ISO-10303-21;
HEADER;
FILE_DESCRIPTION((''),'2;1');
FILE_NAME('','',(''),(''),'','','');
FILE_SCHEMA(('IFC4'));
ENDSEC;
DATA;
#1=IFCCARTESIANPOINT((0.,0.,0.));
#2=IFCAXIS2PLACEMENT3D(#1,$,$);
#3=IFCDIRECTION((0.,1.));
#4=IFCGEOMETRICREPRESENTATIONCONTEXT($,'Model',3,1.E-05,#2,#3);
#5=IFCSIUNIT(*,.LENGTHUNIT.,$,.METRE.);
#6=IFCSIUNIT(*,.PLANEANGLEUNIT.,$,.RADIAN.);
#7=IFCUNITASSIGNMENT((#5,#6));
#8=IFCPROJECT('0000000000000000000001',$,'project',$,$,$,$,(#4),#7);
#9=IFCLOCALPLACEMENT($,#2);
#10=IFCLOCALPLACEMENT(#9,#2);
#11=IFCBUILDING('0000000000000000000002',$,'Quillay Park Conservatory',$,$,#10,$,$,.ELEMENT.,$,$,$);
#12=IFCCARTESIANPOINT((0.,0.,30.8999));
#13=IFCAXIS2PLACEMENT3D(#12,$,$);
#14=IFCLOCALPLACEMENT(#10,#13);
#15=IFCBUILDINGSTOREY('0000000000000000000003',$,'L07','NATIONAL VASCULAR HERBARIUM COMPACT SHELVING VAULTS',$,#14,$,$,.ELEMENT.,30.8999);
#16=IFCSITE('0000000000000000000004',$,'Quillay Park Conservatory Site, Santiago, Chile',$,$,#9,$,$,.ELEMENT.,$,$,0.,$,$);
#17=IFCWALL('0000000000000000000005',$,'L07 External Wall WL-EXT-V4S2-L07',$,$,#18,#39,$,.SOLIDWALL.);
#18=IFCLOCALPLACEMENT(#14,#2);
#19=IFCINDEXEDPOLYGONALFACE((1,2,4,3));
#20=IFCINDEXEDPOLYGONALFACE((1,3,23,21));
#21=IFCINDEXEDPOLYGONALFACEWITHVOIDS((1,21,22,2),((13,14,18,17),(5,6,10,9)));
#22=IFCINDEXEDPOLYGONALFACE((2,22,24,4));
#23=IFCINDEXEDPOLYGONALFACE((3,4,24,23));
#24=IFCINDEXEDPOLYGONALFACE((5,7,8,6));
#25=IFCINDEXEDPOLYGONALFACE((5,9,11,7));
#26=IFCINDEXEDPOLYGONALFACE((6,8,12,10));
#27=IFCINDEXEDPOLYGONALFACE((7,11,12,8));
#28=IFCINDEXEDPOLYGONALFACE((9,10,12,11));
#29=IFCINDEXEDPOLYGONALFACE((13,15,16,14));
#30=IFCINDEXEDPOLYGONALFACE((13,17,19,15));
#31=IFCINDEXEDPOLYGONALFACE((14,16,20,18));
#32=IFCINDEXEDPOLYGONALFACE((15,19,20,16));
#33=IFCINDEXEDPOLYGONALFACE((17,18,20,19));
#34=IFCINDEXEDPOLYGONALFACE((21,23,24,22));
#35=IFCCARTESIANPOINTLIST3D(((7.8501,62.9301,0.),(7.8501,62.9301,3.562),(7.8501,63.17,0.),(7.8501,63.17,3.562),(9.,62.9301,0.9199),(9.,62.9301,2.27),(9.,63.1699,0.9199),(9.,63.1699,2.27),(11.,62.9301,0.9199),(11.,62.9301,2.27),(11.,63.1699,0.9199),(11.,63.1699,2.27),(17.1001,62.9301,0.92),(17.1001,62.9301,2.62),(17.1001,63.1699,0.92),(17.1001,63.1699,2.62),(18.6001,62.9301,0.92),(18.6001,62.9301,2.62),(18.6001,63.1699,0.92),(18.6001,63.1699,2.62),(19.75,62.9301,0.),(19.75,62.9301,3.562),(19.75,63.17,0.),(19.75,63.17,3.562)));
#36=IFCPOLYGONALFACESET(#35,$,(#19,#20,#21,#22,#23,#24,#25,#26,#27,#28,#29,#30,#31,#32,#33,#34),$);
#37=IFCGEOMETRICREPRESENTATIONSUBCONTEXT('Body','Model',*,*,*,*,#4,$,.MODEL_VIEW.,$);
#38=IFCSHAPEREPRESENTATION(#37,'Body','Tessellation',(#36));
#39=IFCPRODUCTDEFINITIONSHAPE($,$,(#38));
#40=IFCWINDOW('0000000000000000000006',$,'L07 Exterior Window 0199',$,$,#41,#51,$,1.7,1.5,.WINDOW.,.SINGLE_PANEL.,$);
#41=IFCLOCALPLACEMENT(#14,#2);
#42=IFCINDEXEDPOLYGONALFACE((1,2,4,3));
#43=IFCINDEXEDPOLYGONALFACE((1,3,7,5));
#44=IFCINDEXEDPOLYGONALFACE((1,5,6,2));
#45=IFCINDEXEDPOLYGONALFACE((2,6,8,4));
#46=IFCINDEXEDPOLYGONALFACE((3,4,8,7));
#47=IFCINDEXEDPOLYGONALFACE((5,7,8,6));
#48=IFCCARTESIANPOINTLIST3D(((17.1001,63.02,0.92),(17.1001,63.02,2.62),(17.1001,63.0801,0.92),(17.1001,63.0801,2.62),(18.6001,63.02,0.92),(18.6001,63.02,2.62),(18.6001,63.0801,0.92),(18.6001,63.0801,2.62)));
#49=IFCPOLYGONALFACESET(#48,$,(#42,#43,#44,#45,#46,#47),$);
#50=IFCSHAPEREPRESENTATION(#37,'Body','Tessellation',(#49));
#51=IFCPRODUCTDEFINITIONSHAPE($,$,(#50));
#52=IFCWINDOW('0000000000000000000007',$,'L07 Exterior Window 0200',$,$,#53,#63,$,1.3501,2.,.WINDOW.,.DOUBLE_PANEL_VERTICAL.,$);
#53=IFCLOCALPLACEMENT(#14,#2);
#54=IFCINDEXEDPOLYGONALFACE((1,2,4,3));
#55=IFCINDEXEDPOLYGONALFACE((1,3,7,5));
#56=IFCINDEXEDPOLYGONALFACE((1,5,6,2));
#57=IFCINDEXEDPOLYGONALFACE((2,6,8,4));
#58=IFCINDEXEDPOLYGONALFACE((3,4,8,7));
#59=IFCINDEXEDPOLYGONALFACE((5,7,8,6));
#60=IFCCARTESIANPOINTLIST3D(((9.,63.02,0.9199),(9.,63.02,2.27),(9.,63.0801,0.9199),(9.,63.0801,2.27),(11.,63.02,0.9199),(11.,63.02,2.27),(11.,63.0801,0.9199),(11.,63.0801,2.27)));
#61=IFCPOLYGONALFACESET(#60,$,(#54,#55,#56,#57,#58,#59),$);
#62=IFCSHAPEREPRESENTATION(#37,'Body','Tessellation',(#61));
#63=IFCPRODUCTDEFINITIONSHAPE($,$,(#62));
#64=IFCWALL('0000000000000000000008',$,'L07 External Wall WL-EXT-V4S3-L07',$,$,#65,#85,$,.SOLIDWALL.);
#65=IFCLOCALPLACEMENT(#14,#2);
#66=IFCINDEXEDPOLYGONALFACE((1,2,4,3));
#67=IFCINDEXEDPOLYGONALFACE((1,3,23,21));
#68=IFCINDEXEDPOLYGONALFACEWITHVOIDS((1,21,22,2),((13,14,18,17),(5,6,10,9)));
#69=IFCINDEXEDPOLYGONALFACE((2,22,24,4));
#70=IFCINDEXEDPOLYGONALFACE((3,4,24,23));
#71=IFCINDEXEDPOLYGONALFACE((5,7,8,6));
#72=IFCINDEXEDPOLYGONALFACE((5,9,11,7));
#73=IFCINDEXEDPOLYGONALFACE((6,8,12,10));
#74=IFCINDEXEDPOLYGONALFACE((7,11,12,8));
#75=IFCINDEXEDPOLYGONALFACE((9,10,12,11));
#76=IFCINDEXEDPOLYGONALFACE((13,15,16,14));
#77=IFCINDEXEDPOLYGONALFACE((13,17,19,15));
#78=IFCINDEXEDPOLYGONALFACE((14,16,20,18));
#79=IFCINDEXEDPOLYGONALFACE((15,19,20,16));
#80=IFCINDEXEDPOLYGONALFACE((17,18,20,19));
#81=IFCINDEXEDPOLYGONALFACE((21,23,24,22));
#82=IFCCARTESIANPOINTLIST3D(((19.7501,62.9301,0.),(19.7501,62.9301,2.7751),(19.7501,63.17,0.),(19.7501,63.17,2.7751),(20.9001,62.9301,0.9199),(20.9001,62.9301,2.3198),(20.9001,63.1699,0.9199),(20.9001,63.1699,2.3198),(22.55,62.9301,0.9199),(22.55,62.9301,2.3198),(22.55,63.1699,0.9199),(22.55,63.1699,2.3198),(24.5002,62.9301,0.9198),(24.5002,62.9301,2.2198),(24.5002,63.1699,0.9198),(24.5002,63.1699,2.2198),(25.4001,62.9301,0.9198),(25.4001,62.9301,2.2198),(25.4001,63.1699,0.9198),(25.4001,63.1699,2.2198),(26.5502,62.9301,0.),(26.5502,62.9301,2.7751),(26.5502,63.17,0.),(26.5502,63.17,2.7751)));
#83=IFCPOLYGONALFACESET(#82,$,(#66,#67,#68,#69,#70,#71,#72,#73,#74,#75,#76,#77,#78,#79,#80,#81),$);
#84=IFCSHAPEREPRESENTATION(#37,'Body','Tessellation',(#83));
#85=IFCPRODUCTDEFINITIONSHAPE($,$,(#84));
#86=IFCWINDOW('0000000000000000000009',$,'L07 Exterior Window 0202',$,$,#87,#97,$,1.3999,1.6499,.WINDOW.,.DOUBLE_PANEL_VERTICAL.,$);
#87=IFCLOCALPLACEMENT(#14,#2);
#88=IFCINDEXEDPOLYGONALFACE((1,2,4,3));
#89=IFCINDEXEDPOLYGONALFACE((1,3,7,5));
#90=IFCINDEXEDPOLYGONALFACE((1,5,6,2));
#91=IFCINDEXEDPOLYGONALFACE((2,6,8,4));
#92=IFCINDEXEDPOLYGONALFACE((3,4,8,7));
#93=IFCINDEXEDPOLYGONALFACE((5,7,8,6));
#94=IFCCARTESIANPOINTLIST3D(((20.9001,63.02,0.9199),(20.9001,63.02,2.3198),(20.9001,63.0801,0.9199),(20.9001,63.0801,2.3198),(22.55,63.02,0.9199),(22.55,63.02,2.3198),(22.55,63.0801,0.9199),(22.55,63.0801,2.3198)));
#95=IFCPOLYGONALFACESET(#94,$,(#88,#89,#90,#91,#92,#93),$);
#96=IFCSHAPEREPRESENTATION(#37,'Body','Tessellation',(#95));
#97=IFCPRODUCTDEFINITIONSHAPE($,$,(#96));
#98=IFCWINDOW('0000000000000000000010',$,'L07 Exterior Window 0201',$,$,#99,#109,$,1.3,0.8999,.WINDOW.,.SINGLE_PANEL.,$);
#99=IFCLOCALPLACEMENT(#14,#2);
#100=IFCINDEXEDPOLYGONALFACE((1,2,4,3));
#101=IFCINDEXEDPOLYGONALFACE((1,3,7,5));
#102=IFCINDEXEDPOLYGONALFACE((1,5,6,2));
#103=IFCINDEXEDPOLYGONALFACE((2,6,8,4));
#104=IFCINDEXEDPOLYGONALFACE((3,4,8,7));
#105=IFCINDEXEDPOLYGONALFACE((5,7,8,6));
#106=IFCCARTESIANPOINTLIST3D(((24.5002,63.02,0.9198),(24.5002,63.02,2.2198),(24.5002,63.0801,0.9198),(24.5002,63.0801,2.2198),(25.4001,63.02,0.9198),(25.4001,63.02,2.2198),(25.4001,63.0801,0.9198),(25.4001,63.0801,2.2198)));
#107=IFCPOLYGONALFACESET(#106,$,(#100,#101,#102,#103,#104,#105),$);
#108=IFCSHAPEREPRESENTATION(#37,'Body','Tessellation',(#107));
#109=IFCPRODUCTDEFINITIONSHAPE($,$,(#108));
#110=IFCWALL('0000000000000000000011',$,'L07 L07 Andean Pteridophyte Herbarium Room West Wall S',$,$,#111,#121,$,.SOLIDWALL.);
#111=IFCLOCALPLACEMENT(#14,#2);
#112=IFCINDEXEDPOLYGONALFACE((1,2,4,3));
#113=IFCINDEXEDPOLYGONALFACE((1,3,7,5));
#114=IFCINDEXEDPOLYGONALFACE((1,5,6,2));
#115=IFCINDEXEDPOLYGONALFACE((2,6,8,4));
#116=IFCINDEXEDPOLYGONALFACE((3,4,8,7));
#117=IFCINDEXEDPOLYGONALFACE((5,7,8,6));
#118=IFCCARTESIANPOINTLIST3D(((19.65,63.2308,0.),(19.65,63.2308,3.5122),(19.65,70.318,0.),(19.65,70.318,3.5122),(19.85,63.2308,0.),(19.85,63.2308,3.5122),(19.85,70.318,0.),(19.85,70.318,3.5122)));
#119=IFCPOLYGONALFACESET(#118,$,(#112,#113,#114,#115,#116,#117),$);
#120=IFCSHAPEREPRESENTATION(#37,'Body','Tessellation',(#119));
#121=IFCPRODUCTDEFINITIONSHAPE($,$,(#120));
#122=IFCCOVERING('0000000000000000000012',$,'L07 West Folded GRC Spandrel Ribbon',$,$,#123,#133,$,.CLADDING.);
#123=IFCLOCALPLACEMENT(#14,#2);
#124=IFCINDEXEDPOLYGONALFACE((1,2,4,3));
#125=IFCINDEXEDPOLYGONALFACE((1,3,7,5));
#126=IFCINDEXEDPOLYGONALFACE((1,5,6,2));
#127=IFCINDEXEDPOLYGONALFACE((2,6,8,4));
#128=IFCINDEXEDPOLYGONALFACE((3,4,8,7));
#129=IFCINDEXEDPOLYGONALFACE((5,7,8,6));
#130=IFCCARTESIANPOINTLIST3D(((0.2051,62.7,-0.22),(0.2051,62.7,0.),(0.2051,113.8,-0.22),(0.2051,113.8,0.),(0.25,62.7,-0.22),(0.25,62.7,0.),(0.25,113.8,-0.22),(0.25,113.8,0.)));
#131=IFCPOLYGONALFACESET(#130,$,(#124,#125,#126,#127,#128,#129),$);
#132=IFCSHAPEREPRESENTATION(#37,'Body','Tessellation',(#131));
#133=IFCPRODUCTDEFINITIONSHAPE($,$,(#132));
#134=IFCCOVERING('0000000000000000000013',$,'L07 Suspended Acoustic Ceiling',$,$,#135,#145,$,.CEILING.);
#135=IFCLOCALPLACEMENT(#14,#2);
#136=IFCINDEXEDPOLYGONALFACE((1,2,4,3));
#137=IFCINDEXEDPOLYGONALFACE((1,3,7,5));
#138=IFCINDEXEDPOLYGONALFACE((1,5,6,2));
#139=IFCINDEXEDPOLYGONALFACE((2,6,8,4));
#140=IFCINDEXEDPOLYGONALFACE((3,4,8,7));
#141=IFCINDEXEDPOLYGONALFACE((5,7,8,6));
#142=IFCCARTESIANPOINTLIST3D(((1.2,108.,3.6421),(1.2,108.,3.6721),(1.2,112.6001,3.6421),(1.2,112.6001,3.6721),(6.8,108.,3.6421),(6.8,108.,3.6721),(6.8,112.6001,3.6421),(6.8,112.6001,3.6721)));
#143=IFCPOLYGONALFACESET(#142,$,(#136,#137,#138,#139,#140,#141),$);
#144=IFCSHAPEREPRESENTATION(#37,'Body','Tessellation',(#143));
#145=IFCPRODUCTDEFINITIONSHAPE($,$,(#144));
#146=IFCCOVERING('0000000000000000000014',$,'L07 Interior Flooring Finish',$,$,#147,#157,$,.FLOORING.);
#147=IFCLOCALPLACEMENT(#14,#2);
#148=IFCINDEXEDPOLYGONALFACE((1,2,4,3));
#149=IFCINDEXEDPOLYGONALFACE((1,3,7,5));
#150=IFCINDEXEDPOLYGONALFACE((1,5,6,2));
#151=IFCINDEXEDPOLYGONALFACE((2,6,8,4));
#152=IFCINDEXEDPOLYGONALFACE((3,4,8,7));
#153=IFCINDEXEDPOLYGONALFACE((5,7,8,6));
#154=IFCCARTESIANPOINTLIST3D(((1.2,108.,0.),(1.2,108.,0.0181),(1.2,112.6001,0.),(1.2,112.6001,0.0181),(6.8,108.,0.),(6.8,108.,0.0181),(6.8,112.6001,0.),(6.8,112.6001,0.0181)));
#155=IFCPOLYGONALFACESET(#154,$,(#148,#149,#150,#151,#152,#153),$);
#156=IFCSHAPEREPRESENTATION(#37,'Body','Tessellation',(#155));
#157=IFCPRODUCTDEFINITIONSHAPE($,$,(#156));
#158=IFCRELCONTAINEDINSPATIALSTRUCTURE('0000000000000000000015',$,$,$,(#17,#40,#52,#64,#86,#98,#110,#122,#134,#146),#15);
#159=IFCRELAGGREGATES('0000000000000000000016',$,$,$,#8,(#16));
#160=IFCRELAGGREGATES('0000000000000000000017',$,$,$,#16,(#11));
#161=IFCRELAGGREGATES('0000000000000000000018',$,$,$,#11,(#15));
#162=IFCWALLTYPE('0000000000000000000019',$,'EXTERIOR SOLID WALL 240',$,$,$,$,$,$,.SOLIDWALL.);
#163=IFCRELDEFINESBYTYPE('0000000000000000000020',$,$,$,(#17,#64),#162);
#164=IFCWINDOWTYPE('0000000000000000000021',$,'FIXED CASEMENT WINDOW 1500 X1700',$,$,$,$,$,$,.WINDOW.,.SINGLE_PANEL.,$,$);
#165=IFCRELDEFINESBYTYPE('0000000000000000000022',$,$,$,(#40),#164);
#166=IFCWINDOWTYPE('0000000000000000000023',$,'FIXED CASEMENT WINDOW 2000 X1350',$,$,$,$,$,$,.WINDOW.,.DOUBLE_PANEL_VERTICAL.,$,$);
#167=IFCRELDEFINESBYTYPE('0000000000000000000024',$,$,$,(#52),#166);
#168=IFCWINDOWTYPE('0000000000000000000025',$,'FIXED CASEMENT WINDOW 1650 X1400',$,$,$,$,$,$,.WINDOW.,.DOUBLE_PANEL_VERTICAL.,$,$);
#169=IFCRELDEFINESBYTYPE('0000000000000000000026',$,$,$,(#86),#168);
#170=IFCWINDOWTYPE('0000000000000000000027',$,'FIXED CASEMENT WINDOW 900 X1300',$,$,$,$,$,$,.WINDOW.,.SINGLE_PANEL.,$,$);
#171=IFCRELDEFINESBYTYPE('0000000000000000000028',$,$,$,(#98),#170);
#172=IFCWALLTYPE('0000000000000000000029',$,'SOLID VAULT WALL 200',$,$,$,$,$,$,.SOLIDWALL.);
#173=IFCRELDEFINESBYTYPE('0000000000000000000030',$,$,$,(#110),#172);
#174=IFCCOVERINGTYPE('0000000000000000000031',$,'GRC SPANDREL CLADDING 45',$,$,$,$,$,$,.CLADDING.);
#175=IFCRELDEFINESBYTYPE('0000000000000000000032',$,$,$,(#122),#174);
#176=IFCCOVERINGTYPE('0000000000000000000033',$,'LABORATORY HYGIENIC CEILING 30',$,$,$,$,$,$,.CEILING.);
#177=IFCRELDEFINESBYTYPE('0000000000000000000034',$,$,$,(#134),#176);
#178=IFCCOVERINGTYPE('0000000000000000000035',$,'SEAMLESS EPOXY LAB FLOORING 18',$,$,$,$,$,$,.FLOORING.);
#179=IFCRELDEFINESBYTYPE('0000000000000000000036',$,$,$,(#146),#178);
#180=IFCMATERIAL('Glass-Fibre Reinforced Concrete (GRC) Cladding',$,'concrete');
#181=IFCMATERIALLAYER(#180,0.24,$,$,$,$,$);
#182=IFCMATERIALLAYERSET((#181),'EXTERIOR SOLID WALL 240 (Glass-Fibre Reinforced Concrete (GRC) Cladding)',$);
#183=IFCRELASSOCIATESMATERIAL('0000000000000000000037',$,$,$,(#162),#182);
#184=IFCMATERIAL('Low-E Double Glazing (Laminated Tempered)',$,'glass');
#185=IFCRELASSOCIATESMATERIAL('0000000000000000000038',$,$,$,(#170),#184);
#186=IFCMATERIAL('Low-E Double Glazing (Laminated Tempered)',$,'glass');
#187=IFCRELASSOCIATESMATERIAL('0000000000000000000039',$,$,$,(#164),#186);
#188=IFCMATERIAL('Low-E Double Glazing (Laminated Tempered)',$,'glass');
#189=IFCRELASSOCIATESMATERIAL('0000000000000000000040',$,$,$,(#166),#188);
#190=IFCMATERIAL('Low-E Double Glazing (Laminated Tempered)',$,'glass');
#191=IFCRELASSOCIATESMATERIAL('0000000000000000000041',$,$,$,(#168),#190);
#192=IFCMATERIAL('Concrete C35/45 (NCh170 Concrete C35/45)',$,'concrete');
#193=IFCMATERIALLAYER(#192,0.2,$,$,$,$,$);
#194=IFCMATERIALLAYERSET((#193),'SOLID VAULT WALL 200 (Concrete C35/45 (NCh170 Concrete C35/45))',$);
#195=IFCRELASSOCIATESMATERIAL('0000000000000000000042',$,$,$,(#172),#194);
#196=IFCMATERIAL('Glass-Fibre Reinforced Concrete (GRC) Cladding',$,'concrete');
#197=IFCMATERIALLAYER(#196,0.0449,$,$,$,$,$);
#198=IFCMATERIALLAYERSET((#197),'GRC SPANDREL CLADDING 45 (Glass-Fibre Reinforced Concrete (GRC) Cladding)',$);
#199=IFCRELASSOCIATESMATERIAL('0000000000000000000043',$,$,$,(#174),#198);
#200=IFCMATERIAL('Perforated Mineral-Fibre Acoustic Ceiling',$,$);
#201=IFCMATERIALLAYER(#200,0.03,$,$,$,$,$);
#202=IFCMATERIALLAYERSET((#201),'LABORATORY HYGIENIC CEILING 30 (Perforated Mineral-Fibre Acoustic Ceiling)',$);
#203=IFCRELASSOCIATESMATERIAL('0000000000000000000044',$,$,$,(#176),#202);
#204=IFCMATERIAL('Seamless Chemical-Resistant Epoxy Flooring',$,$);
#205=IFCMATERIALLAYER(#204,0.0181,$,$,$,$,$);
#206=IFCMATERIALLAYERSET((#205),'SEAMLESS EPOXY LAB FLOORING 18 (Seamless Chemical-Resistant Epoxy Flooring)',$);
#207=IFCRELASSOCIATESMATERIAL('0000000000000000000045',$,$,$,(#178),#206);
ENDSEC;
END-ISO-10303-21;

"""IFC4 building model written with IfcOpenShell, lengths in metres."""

from ifc_helpers import new_model, si_unit, direction, frame, frame_2d, origin, place, context, subcontext, project, spatial, polyline, rectangle, outline, extrude, material, layer, layer_set, type_object, element, fill, save


model = new_model("IFC4")

# Units and contexts
model_context = context("Model", 3, precision=1e-05, world=origin(), true_north=direction((0.0, 1.0)))
body_context = subcontext(model_context, "Body", "Model", "MODEL_VIEW")
ifc_project = project(units=[si_unit("LENGTHUNIT", "METRE"), si_unit("PLANEANGLEUNIT", "RADIAN")], contexts=[model_context])

# Site, building, storey
site_placement = place(None, origin())
site = spatial("IfcSite", under=ifc_project, at=site_placement, Name="Quillay Park Conservatory Site, Santiago, Chile", CompositionType="ELEMENT", RefElevation=0.0)
building_placement = place(site_placement, origin())
building = spatial("IfcBuilding", under=site, at=building_placement, Name="Quillay Park Conservatory", CompositionType="ELEMENT")
storey_placement = place(building_placement, frame((0.0, 0.0, 30.8999)))
storey = spatial("IfcBuildingStorey", under=building, at=storey_placement, Name="L07", Description="NATIONAL VASCULAR HERBARIUM COMPACT SHELVING VAULTS", CompositionType="ELEMENT", Elevation=30.8999)

# Walls, openings, windows
ifc_material_1 = material(Name="Glass-Fibre Reinforced Concrete (GRC) Cladding", Category="concrete")
ifc_layer_1 = layer(ifc_material_1, 0.24)
ifc_layer_set_1 = layer_set([ifc_layer_1], Name="EXTERIOR SOLID WALL 240 (Glass-Fibre Reinforced Concrete (GRC) Cladding)")
wall_type_1 = type_object("IfcWallType", Name="EXTERIOR SOLID WALL 240", PredefinedType="SOLIDWALL", material=ifc_layer_set_1)
ifc_material_2 = material(Name="Low-E Double Glazing (Laminated Tempered)", Category="glass")
window_type_1 = type_object("IfcWindowType", Name="FIXED CASEMENT WINDOW 900 X1300", PartitioningType="SINGLE_PANEL", PredefinedType="WINDOW", material=ifc_material_2)
wall_1_placement = place(storey_placement, frame((19.75, 63.05, 0.0), z_axis=(0.0, 0.0, 1.0), x_axis=(-1.0, 0.0, 0.0)))
wall_1 = element("IfcWall", 1, at=wall_1_placement, inside=storey, type_object=wall_type_1, Name="L07 External Wall WL-EXT-V4S2-L07", PredefinedType="SOLIDWALL", context=body_context, shape_type="SweptSolid", body=[
    extrude(rectangle(XDim=11.8999, YDim=0.24, at=frame_2d((5.95, 0.0))), origin(), (0.0, 0.0, 1.0), 3.562),
])
opening_1_placement = place(wall_1_placement, frame((1.1499, 0.0, 0.9199)))
opening_1 = element("IfcOpeningElement", 2, at=opening_1_placement, cuts=wall_1, PredefinedType="OPENING", context=body_context, shape_type="SweptSolid", body=[
    extrude(rectangle(XDim=1.5, YDim=1.7, at=frame_2d((0.75, 0.8501))), frame((0.0, 0.1201, 0.0), z_axis=(0.0, -1.0, 0.0), x_axis=(1.0, 0.0, 0.0)), (0.0, 0.0, 1.0), 0.24),
])
opening_2_placement = place(wall_1_placement, frame((8.75, 0.0, 0.9199)))
opening_2 = element("IfcOpeningElement", 3, at=opening_2_placement, cuts=wall_1, PredefinedType="OPENING", context=body_context, shape_type="SweptSolid", body=[
    extrude(rectangle(XDim=2.0, YDim=1.3501, at=frame_2d((1.0, 0.675))), frame((0.0, 0.1201, 0.0), z_axis=(0.0, -1.0, 0.0), x_axis=(1.0, 0.0, 0.0)), (0.0, 0.0, 1.0), 0.24),
])
ifc_material_3 = material(Name="Low-E Double Glazing (Laminated Tempered)", Category="glass")
window_type_2 = type_object("IfcWindowType", Name="FIXED CASEMENT WINDOW 1500 X1700", PartitioningType="SINGLE_PANEL", PredefinedType="WINDOW", material=ifc_material_3)
window_1_placement = place(opening_1_placement, origin())
window_1 = element("IfcWindow", 4, at=window_1_placement, inside=storey, type_object=window_type_2, Name="L07 Exterior Window 0199", OverallHeight=1.7, OverallWidth=1.5, PartitioningType="SINGLE_PANEL", PredefinedType="WINDOW", context=body_context, shape_type="SweptSolid", body=[
    extrude(rectangle(XDim=1.5, YDim=1.7, at=frame_2d((0.75, 0.8501))), frame((0.0, 0.03, 0.0), z_axis=(0.0, -1.0, 0.0), x_axis=(1.0, 0.0, 0.0)), (0.0, 0.0, 1.0), 0.0601),
])
fill(opening_1, window_1)
ifc_material_4 = material(Name="Low-E Double Glazing (Laminated Tempered)", Category="glass")
window_type_3 = type_object("IfcWindowType", Name="FIXED CASEMENT WINDOW 2000 X1350", PartitioningType="DOUBLE_PANEL_VERTICAL", PredefinedType="WINDOW", material=ifc_material_4)
window_2_placement = place(opening_2_placement, origin())
window_2 = element("IfcWindow", 5, at=window_2_placement, inside=storey, type_object=window_type_3, Name="L07 Exterior Window 0200", OverallHeight=1.3501, OverallWidth=2.0, PartitioningType="DOUBLE_PANEL_VERTICAL", PredefinedType="WINDOW", context=body_context, shape_type="SweptSolid", body=[
    extrude(rectangle(XDim=2.0, YDim=1.3501, at=frame_2d((1.0, 0.675))), frame((0.0, 0.03, 0.0), z_axis=(0.0, -1.0, 0.0), x_axis=(1.0, 0.0, 0.0)), (0.0, 0.0, 1.0), 0.0601),
])
fill(opening_2, window_2)
wall_2_placement = place(storey_placement, frame((26.55, 63.05, 0.0), z_axis=(0.0, 0.0, 1.0), x_axis=(-1.0, 0.0, 0.0)))
wall_2 = element("IfcWall", 6, at=wall_2_placement, inside=storey, type_object=wall_type_1, Name="L07 External Wall WL-EXT-V4S3-L07", PredefinedType="SOLIDWALL", context=body_context, shape_type="SweptSolid", body=[
    extrude(rectangle(XDim=6.8, YDim=0.24, at=frame_2d((3.3999, 0.0))), origin(), (0.0, 0.0, 1.0), 2.7751),
])
opening_3_placement = place(wall_2_placement, frame((1.1499, 0.0, 0.9199)))
opening_3 = element("IfcOpeningElement", 7, at=opening_3_placement, cuts=wall_2, PredefinedType="OPENING", context=body_context, shape_type="SweptSolid", body=[
    extrude(rectangle(XDim=0.8999, YDim=1.3, at=frame_2d((0.45, 0.6499))), frame((0.0, 0.1201, 0.0), z_axis=(0.0, -1.0, 0.0), x_axis=(1.0, 0.0, 0.0)), (0.0, 0.0, 1.0), 0.24),
])
opening_4_placement = place(wall_2_placement, frame((4.0, 0.0, 0.9199)))
opening_4 = element("IfcOpeningElement", 8, at=opening_4_placement, cuts=wall_2, PredefinedType="OPENING", context=body_context, shape_type="SweptSolid", body=[
    extrude(rectangle(XDim=1.6499, YDim=1.3999, at=frame_2d((0.825, 0.7))), frame((0.0, 0.1201, 0.0), z_axis=(0.0, -1.0, 0.0), x_axis=(1.0, 0.0, 0.0)), (0.0, 0.0, 1.0), 0.24),
])
ifc_material_5 = material(Name="Low-E Double Glazing (Laminated Tempered)", Category="glass")
window_type_4 = type_object("IfcWindowType", Name="FIXED CASEMENT WINDOW 1650 X1400", PartitioningType="DOUBLE_PANEL_VERTICAL", PredefinedType="WINDOW", material=ifc_material_5)
window_3_placement = place(opening_4_placement, origin())
window_3 = element("IfcWindow", 9, at=window_3_placement, inside=storey, type_object=window_type_4, Name="L07 Exterior Window 0202", OverallHeight=1.3999, OverallWidth=1.6499, PartitioningType="DOUBLE_PANEL_VERTICAL", PredefinedType="WINDOW", context=body_context, shape_type="SweptSolid", body=[
    extrude(rectangle(XDim=1.6499, YDim=1.3999, at=frame_2d((0.825, 0.7))), frame((0.0, 0.03, 0.0), z_axis=(0.0, -1.0, 0.0), x_axis=(1.0, 0.0, 0.0)), (0.0, 0.0, 1.0), 0.0601),
])
fill(opening_4, window_3)
window_4_placement = place(opening_3_placement, origin())
window_4 = element("IfcWindow", 10, at=window_4_placement, inside=storey, type_object=window_type_1, Name="L07 Exterior Window 0201", OverallHeight=1.3, OverallWidth=0.8999, PartitioningType="SINGLE_PANEL", PredefinedType="WINDOW", context=body_context, shape_type="SweptSolid", body=[
    extrude(rectangle(XDim=0.8999, YDim=1.3, at=frame_2d((0.45, 0.6499))), frame((0.0, 0.03, 0.0), z_axis=(0.0, -1.0, 0.0), x_axis=(1.0, 0.0, 0.0)), (0.0, 0.0, 1.0), 0.0601),
])
fill(opening_3, window_4)

# Wall
ifc_material_6 = material(Name="Concrete C35/45 (NCh170 Concrete C35/45)", Category="concrete")
ifc_layer_2 = layer(ifc_material_6, 0.2)
ifc_layer_set_2 = layer_set([ifc_layer_2], Name="SOLID VAULT WALL 200 (Concrete C35/45 (NCh170 Concrete C35/45))")
wall_type_2 = type_object("IfcWallType", Name="SOLID VAULT WALL 200", PredefinedType="SOLIDWALL", material=ifc_layer_set_2)
wall_3_placement = place(storey_placement, frame((19.75, 63.231, 0.0), z_axis=(0.0, 0.0, 1.0), x_axis=(0.0, 1.0, 0.0)))
element("IfcWall", 11, at=wall_3_placement, inside=storey, type_object=wall_type_2, Name="L07 L07 Andean Pteridophyte Herbarium Room West Wall S", PredefinedType="SOLIDWALL", context=body_context, shape_type="SweptSolid", body=[
    extrude(rectangle(XDim=7.0872, YDim=0.2, at=frame_2d((3.5435, 0.0))), origin(), (0.0, 0.0, 1.0), 3.5122),
])

# Coverings
ifc_material_7 = material(Name="Glass-Fibre Reinforced Concrete (GRC) Cladding", Category="concrete")
ifc_layer_3 = layer(ifc_material_7, 0.0449)
ifc_layer_set_3 = layer_set([ifc_layer_3], Name="GRC SPANDREL CLADDING 45 (Glass-Fibre Reinforced Concrete (GRC) Cladding)")
covering_type_1 = type_object("IfcCoveringType", Name="GRC SPANDREL CLADDING 45", PredefinedType="CLADDING", material=ifc_layer_set_3)
covering_1_placement = place(storey_placement, frame((0.0, 0.0, -0.22)))
element("IfcCovering", 12, at=covering_1_placement, inside=storey, type_object=covering_type_1, Name="L07 West Folded GRC Spandrel Ribbon", PredefinedType="CLADDING", context=body_context, shape_type="SweptSolid", body=[
    extrude(outline(polyline([(0.2051, 62.7), (0.25, 62.7), (0.25, 113.8), (0.2051, 113.8), (0.2051, 62.7)])), origin(), (0.0, 0.0, 1.0), 0.22),
])
ifc_material_8 = material(Name="Perforated Mineral-Fibre Acoustic Ceiling")
ifc_layer_4 = layer(ifc_material_8, 0.03)
ifc_layer_set_4 = layer_set([ifc_layer_4], Name="LABORATORY HYGIENIC CEILING 30 (Perforated Mineral-Fibre Acoustic Ceiling)")
covering_type_2 = type_object("IfcCoveringType", Name="LABORATORY HYGIENIC CEILING 30", PredefinedType="CEILING", material=ifc_layer_set_4)
covering_2_placement = place(storey_placement, frame((0.0, 0.0, 3.6421)))
element("IfcCovering", 13, at=covering_2_placement, inside=storey, type_object=covering_type_2, Name="L07 Suspended Acoustic Ceiling", PredefinedType="CEILING", context=body_context, shape_type="SweptSolid", body=[
    extrude(outline(polyline([(1.2, 108.0), (6.8, 108.0), (6.8, 112.6001), (1.2, 112.6001), (1.2, 108.0)])), origin(), (0.0, 0.0, 1.0), 0.03),
])
ifc_material_9 = material(Name="Seamless Chemical-Resistant Epoxy Flooring")
ifc_layer_5 = layer(ifc_material_9, 0.0181)
ifc_layer_set_5 = layer_set([ifc_layer_5], Name="SEAMLESS EPOXY LAB FLOORING 18 (Seamless Chemical-Resistant Epoxy Flooring)")
covering_type_3 = type_object("IfcCoveringType", Name="SEAMLESS EPOXY LAB FLOORING 18", PredefinedType="FLOORING", material=ifc_layer_set_5)
covering_3_placement = place(storey_placement, origin())
element("IfcCovering", 14, at=covering_3_placement, inside=storey, type_object=covering_type_3, Name="L07 Interior Flooring Finish", PredefinedType="FLOORING", context=body_context, shape_type="SweptSolid", body=[
    extrude(outline(polyline([(1.2, 108.0), (6.8, 108.0), (6.8, 112.6001), (1.2, 112.6001), (1.2, 108.0)])), origin(), (0.0, 0.0, 1.0), 0.0181),
])

save(model, "model.ifc")
